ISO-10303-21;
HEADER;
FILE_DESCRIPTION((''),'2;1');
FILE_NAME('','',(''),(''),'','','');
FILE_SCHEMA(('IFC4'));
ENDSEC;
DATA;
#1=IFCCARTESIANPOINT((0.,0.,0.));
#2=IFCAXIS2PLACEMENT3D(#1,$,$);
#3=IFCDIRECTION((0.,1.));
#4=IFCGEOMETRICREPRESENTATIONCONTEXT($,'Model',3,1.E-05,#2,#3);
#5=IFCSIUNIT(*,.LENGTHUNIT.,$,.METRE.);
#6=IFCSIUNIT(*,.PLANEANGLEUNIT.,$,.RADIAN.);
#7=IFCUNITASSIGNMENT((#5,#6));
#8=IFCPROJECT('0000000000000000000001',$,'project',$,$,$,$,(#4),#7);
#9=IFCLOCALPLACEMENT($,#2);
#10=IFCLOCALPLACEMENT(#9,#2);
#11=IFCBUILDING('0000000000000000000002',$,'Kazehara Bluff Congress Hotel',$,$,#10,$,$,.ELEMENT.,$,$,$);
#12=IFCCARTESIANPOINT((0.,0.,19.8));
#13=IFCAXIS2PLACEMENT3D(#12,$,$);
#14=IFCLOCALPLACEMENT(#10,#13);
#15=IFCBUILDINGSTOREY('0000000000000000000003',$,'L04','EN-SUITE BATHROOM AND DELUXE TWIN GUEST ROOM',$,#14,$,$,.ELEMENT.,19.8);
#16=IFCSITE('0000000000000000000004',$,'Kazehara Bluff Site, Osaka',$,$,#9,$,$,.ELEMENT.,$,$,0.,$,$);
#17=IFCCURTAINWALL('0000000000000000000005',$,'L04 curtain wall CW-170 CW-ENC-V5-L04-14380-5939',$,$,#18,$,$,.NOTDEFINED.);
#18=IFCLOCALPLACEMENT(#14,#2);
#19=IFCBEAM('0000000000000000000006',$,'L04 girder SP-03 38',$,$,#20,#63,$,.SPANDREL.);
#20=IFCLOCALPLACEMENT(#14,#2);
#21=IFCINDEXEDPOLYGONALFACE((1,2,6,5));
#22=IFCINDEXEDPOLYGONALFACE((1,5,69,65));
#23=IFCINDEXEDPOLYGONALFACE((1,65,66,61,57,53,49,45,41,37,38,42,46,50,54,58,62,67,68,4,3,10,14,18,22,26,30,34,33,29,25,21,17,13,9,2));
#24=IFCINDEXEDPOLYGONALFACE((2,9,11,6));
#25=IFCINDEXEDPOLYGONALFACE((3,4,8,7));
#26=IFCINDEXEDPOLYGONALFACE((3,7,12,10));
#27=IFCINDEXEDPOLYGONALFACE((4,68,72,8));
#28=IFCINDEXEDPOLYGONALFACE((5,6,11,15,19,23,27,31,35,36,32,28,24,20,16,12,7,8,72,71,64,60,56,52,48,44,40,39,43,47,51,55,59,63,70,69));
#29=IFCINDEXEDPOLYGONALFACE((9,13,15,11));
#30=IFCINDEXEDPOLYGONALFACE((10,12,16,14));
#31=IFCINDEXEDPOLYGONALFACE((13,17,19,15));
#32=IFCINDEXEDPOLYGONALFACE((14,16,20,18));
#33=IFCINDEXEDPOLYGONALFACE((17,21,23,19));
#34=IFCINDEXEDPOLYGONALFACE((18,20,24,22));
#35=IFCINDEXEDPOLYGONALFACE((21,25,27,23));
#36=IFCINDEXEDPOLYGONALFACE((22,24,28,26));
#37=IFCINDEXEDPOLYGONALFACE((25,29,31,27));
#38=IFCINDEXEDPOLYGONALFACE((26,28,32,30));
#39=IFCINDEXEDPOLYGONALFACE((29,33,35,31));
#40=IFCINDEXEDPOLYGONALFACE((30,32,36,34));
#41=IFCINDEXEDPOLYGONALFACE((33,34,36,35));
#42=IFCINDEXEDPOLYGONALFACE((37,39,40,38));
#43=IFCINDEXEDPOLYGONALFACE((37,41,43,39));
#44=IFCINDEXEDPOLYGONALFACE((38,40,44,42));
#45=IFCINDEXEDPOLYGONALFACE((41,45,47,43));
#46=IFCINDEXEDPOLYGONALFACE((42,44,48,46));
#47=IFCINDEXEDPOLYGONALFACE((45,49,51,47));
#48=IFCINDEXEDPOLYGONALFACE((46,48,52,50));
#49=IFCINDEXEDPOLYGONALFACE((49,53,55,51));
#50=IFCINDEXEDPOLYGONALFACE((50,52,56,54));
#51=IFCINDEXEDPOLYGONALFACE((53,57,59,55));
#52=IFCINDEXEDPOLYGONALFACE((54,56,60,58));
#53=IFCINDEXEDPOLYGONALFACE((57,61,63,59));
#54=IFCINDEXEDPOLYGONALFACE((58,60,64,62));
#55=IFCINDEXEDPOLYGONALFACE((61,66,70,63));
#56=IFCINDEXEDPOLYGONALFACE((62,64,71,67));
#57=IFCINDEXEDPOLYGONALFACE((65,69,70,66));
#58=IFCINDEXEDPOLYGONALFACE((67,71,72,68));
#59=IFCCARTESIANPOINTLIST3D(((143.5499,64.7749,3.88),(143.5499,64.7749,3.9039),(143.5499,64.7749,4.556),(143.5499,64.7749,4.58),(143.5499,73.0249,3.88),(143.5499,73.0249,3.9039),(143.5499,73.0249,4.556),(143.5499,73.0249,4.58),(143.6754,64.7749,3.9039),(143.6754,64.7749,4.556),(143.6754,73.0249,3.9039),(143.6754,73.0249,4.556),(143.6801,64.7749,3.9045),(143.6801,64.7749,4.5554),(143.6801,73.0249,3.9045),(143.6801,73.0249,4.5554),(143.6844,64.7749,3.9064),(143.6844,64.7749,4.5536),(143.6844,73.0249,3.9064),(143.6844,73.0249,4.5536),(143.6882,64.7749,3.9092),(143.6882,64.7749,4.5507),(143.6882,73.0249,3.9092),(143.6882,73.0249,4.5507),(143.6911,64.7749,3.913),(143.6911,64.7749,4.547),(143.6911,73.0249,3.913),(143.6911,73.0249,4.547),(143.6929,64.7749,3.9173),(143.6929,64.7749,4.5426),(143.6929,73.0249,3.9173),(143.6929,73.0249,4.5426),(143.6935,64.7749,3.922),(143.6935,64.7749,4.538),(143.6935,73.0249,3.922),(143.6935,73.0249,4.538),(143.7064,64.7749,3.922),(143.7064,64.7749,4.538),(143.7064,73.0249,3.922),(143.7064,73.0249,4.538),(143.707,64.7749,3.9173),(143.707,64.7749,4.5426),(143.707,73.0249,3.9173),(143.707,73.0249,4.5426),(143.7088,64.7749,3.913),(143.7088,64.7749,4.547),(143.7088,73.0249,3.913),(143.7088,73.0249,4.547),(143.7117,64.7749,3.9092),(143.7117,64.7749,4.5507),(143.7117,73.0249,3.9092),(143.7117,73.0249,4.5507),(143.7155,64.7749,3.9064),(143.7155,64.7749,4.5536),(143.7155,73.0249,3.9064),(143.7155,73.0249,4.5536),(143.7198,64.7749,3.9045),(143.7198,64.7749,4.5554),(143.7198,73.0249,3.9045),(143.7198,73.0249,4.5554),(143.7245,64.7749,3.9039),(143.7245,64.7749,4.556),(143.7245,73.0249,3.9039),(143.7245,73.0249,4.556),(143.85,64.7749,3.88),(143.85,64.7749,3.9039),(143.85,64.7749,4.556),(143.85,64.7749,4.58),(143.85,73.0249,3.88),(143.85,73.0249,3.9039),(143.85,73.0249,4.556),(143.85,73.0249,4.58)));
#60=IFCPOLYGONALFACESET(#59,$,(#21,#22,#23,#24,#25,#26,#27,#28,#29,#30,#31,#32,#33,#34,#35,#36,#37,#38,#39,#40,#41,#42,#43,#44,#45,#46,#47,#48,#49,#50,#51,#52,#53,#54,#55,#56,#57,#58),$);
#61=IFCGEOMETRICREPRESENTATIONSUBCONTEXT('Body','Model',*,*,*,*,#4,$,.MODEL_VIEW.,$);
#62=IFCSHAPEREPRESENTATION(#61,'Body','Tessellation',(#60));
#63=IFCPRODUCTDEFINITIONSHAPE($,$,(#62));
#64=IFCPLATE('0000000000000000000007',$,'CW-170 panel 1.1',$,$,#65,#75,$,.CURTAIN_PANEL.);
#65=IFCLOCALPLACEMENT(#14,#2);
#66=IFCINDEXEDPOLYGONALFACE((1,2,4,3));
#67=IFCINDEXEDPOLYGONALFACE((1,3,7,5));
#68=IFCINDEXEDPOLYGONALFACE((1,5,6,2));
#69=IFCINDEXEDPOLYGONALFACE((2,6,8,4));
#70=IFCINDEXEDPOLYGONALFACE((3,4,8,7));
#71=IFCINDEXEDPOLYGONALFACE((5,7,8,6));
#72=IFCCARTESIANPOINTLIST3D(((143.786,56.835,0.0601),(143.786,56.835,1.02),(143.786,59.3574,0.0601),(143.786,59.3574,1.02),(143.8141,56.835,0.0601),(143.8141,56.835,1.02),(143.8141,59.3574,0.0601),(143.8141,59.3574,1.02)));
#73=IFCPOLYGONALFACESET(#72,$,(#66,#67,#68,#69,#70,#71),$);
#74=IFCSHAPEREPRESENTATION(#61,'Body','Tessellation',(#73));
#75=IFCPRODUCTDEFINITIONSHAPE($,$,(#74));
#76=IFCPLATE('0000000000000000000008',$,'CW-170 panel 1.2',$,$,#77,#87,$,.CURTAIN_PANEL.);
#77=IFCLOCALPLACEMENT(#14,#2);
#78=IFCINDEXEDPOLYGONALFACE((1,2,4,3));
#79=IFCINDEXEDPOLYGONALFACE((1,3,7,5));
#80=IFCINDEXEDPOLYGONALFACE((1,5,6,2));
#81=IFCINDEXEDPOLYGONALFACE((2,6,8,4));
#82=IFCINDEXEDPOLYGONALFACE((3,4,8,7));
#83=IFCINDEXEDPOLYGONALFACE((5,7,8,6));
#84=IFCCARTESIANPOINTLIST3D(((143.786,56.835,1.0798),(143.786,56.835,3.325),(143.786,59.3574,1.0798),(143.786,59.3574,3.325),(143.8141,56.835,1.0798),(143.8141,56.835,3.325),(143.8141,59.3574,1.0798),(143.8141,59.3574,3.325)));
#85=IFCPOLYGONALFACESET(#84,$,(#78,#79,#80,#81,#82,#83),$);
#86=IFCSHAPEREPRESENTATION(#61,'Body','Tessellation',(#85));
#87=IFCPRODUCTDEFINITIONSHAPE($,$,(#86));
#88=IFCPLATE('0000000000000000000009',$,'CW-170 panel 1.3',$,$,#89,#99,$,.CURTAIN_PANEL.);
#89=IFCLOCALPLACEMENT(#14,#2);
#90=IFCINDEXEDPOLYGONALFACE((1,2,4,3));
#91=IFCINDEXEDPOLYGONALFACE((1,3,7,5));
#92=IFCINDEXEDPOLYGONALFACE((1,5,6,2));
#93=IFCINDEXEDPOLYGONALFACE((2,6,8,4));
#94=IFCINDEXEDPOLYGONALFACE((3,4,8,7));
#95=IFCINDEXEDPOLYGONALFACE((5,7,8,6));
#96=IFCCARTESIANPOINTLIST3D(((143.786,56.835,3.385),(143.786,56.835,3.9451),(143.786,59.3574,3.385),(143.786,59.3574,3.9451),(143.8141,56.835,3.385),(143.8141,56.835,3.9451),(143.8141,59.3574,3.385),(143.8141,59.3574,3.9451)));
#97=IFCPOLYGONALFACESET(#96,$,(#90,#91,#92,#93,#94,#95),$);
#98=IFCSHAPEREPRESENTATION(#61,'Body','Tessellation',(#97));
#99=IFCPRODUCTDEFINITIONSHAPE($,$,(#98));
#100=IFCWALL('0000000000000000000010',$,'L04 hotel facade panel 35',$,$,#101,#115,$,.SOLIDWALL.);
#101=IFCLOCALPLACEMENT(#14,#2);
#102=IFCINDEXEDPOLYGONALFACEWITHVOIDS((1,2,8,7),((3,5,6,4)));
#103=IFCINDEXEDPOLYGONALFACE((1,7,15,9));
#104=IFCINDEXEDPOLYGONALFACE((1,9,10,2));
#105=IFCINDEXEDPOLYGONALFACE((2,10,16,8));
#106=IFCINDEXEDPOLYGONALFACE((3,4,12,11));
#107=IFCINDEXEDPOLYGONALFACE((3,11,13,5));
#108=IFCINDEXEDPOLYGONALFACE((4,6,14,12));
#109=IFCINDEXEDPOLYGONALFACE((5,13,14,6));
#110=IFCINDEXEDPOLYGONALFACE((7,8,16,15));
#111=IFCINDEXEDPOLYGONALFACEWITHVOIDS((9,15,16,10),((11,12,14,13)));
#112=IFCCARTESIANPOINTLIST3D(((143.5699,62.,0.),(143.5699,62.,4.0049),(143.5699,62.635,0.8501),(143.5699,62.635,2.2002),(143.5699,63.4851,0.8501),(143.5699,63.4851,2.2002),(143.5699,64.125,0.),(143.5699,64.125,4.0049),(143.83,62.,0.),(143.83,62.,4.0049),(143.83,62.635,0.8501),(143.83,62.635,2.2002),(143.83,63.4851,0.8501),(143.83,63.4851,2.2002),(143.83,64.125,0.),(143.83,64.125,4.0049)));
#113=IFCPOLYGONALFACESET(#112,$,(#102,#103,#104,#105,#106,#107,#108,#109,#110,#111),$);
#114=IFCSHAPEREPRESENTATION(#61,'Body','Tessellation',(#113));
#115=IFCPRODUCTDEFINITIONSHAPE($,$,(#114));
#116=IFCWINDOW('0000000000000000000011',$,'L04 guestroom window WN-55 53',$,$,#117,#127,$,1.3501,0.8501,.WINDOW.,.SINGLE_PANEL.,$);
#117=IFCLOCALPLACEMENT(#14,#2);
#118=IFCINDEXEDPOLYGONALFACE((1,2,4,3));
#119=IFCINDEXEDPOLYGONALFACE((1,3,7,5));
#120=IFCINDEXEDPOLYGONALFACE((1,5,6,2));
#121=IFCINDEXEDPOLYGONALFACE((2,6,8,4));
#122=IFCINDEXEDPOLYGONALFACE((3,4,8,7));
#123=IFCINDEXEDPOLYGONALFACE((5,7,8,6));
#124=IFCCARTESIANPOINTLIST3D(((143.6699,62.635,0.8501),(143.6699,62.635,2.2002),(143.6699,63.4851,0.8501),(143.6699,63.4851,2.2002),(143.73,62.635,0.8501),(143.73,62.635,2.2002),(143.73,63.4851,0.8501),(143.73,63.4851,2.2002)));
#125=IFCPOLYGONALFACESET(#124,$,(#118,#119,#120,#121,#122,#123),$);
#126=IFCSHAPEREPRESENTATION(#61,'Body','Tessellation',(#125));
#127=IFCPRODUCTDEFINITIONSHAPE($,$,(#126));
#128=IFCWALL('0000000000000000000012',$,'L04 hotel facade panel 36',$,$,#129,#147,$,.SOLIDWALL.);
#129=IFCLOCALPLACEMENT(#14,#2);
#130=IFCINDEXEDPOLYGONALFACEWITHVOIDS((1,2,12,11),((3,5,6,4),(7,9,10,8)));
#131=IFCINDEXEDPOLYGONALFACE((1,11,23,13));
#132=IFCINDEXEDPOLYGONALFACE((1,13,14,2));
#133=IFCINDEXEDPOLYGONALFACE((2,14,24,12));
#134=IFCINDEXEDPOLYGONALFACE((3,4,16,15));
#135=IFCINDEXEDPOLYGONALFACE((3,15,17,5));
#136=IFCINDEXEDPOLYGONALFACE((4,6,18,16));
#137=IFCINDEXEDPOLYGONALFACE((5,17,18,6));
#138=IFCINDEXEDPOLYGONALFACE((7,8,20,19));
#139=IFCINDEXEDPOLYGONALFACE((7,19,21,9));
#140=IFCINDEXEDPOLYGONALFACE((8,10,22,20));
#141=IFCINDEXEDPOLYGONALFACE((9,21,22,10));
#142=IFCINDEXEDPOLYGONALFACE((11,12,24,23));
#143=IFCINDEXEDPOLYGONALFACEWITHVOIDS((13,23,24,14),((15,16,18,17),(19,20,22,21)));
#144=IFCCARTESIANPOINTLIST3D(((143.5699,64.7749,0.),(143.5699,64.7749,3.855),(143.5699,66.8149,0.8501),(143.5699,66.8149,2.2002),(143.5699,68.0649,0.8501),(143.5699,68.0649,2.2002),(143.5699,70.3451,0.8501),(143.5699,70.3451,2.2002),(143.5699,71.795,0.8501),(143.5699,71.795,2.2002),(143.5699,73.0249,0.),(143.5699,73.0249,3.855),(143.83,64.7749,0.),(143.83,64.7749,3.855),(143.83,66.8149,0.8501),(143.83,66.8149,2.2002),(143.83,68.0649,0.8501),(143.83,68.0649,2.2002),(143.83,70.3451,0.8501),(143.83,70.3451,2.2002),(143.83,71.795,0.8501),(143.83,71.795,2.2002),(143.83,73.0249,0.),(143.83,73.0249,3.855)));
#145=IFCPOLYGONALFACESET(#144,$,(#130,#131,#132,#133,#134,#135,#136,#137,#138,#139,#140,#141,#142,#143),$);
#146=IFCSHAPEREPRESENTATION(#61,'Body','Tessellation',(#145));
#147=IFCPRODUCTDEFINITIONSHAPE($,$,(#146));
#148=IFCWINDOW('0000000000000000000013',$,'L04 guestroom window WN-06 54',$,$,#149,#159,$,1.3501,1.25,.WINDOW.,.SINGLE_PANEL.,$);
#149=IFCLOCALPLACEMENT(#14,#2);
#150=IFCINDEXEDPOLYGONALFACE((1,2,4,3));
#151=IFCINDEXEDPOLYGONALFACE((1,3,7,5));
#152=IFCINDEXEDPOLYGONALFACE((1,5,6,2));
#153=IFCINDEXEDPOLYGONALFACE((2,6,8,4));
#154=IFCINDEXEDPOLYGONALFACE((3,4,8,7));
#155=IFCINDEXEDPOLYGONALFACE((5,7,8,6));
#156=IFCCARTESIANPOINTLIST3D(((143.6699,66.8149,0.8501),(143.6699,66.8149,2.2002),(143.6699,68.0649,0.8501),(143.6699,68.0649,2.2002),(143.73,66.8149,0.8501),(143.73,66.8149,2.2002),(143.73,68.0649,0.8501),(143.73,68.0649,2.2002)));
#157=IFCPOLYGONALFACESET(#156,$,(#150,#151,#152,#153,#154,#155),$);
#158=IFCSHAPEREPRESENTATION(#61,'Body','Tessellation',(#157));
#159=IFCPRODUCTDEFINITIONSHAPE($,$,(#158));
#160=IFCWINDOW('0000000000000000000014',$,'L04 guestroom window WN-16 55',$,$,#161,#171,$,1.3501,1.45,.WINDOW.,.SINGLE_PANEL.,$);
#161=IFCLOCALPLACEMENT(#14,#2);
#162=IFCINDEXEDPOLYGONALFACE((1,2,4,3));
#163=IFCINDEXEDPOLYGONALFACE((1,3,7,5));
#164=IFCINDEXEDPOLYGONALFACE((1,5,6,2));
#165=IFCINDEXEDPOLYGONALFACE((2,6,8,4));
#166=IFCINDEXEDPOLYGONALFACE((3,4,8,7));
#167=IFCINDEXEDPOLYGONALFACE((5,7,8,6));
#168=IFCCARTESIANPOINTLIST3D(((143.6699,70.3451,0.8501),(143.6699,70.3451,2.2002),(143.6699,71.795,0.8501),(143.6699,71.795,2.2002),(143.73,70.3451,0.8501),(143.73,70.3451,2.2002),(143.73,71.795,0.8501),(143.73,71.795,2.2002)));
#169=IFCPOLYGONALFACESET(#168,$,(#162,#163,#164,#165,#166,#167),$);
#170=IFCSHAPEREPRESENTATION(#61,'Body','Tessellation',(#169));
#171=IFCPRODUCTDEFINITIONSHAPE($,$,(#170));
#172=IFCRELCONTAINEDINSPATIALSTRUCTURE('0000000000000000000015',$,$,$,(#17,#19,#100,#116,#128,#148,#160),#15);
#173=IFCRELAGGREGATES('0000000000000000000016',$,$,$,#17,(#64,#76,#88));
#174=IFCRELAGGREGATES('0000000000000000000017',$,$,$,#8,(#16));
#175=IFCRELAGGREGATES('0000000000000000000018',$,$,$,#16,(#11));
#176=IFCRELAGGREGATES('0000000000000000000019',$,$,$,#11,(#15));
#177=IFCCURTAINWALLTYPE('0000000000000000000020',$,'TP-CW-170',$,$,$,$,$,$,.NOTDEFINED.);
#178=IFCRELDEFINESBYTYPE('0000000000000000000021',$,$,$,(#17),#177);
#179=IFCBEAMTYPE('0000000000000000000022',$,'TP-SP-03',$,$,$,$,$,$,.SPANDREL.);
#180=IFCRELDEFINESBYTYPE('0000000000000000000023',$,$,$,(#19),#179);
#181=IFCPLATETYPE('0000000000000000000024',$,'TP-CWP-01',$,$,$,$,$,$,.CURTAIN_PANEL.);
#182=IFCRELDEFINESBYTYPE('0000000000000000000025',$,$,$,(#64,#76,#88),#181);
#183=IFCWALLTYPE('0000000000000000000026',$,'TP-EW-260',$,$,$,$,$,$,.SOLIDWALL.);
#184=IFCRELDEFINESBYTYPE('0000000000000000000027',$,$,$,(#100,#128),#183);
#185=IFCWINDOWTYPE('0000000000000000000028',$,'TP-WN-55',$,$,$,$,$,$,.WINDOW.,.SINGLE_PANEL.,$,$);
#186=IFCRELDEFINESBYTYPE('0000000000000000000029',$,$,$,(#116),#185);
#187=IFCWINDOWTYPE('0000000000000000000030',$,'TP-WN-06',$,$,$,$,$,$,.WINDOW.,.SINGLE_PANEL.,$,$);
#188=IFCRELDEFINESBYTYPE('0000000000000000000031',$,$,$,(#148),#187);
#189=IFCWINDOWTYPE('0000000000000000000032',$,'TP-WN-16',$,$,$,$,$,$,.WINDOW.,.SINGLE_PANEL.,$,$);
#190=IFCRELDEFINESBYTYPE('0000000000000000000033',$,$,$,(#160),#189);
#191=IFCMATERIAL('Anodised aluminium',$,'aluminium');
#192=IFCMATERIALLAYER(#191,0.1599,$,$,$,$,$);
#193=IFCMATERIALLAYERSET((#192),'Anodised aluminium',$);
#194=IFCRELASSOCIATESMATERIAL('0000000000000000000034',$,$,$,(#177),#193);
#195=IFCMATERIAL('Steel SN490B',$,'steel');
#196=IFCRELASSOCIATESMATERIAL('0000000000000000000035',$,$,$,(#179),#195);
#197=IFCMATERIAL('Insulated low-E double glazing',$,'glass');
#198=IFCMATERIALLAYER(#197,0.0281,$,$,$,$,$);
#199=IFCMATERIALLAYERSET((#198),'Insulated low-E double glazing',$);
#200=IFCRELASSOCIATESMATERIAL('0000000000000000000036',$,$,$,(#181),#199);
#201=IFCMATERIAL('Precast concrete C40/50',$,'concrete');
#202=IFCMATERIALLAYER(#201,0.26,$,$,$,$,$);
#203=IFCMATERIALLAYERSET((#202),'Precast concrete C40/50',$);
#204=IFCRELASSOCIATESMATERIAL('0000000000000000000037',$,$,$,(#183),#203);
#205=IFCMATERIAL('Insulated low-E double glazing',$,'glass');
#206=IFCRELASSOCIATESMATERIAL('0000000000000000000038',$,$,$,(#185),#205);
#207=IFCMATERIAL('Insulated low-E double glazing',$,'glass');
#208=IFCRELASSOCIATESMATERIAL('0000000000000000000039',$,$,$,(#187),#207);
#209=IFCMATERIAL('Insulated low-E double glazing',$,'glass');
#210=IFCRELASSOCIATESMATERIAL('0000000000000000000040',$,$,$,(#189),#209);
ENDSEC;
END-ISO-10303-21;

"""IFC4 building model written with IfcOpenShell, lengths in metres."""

from ifc_helpers import new_model, si_unit, direction, frame, frame_2d, origin, origin_2d, place, context, subcontext, project, spatial, rectangle, i_section, extrude, material, layer, layer_set, material_profile, profile_set, type_object, element, fill, aggregate, save


model = new_model("IFC4")

# Units and contexts
model_context = context("Model", 3, precision=1e-05, world=origin(), true_north=direction((0.0, 1.0)))
body_context = subcontext(model_context, "Body", "Model", "MODEL_VIEW")
ifc_project = project(units=[si_unit("LENGTHUNIT", "METRE"), si_unit("PLANEANGLEUNIT", "RADIAN")], contexts=[model_context])

# Site, building, storey
site_placement = place(None, origin())
site = spatial("IfcSite", under=ifc_project, at=site_placement, Name="Kazehara Bluff Site, Osaka", CompositionType="ELEMENT", RefElevation=0.0)
building_placement = place(site_placement, origin())
building = spatial("IfcBuilding", under=site, at=building_placement, Name="Kazehara Bluff Congress Hotel", CompositionType="ELEMENT")
storey_placement = place(building_placement, frame((0.0, 0.0, 19.8)))
storey = spatial("IfcBuildingStorey", under=building, at=storey_placement, Name="L04", Description="EN-SUITE BATHROOM AND DELUXE TWIN GUEST ROOM", CompositionType="ELEMENT", Elevation=19.8)

# Curtain wall
ifc_material_1 = material(Name="Anodised aluminium", Category="aluminium")
ifc_layer_1 = layer(ifc_material_1, 0.1599)
ifc_layer_set_1 = layer_set([ifc_layer_1], Name="Anodised aluminium")
curtain_wall_type = type_object("IfcCurtainWallType", Name="TP-CW-170", PredefinedType="NOTDEFINED", material=ifc_layer_set_1)
curtain_wall_placement = place(storey_placement, origin())
curtain_wall = element("IfcCurtainWall", 1, at=curtain_wall_placement, inside=storey, type_object=curtain_wall_type, Name="L04 curtain wall CW-170 CW-ENC-V5-L04-14380-5939", PredefinedType="NOTDEFINED")

# Beam
ifc_material_2 = material(Name="Steel SN490B", Category="steel")
ifc_material_profile_1 = material_profile(ifc_material_2, i_section(OverallWidth=0.3, OverallDepth=0.7, WebThickness=0.0129, FlangeThickness=0.0239, FilletRadius=0.0181, at=origin_2d()))
ifc_profile_set_1 = profile_set([ifc_material_profile_1], Name="Steel SN490B")
beam_type_1 = type_object("IfcBeamType", Name="TP-SP-03", PredefinedType="SPANDREL", material=ifc_profile_set_1)
beam_1_placement = place(storey_placement, frame((143.7, 64.7749, 4.23), z_axis=(0.0, 1.0, 0.0), x_axis=(-1.0, 0.0, 0.0)))
element("IfcBeam", 2, at=beam_1_placement, inside=storey, type_object=beam_type_1, Name="L04 girder SP-03 38", PredefinedType="SPANDREL", context=body_context, shape_type="SweptSolid", body=[
    extrude(i_section(OverallWidth=0.3, OverallDepth=0.7, WebThickness=0.0129, FlangeThickness=0.0239, FilletRadius=0.0181, at=origin_2d()), origin(), (0.0, 0.0, 1.0), 8.25),
])

# Plates
ifc_material_3 = material(Name="Insulated low-E double glazing", Category="glass")
ifc_layer_2 = layer(ifc_material_3, 0.0281)
ifc_layer_set_2 = layer_set([ifc_layer_2], Name="Insulated low-E double glazing")
plate_type = type_object("IfcPlateType", Name="TP-CWP-01", PredefinedType="CURTAIN_PANEL", material=ifc_layer_set_2)
plate_1_placement = place(storey_placement, frame((143.8, 58.0962, 0.0601), z_axis=(0.0, 0.0, 1.0), x_axis=(0.0, 1.0, 0.0)))
plate_1 = element("IfcPlate", 3, at=plate_1_placement, type_object=plate_type, Name="CW-170 panel 1.1", PredefinedType="CURTAIN_PANEL", context=body_context, shape_type="SweptSolid", body=[
    extrude(rectangle(XDim=2.5225, YDim=0.0281, at=origin_2d()), origin(), (0.0, 0.0, 1.0), 0.96),
])
plate_2_placement = place(storey_placement, frame((143.8, 58.0962, 1.0798), z_axis=(0.0, 0.0, 1.0), x_axis=(0.0, 1.0, 0.0)))
plate_2 = element("IfcPlate", 4, at=plate_2_placement, type_object=plate_type, Name="CW-170 panel 1.2", PredefinedType="CURTAIN_PANEL", context=body_context, shape_type="SweptSolid", body=[
    extrude(rectangle(XDim=2.5225, YDim=0.0281, at=origin_2d()), origin(), (0.0, 0.0, 1.0), 2.2451),
])
plate_3_placement = place(storey_placement, frame((143.8, 58.0962, 3.385), z_axis=(0.0, 0.0, 1.0), x_axis=(0.0, 1.0, 0.0)))
plate_3 = element("IfcPlate", 5, at=plate_3_placement, type_object=plate_type, Name="CW-170 panel 1.3", PredefinedType="CURTAIN_PANEL", context=body_context, shape_type="SweptSolid", body=[
    extrude(rectangle(XDim=2.5225, YDim=0.0281, at=origin_2d()), origin(), (0.0, 0.0, 1.0), 0.5601),
])
aggregate(curtain_wall, [plate_1, plate_2, plate_3])

# Wall, opening, window
ifc_material_4 = material(Name="Precast concrete C40/50", Category="concrete")
ifc_layer_3 = layer(ifc_material_4, 0.26)
ifc_layer_set_3 = layer_set([ifc_layer_3], Name="Precast concrete C40/50")
wall_type = type_object("IfcWallType", Name="TP-EW-260", PredefinedType="SOLIDWALL", material=ifc_layer_set_3)
wall_1_placement = place(storey_placement, frame((143.7, 62.0, 0.0), z_axis=(0.0, 0.0, 1.0), x_axis=(0.0, 1.0, 0.0)))
wall_1 = element("IfcWall", 6, at=wall_1_placement, inside=storey, type_object=wall_type, Name="L04 hotel facade panel 35", PredefinedType="SOLIDWALL", context=body_context, shape_type="SweptSolid", body=[
    extrude(rectangle(XDim=2.125, YDim=0.26, at=frame_2d((1.0625, 0.0))), origin(), (0.0, 0.0, 1.0), 4.0049),
])
opening_1_placement = place(wall_1_placement, frame((0.635, 0.0, 0.8501)))
opening_1 = element("IfcOpeningElement", 7, at=opening_1_placement, cuts=wall_1, PredefinedType="OPENING", context=body_context, shape_type="SweptSolid", body=[
    extrude(rectangle(XDim=0.8501, YDim=1.3501, at=frame_2d((0.425, 0.675))), frame((0.0, 0.1399, 0.0), z_axis=(0.0, -1.0, 0.0), x_axis=(1.0, 0.0, 0.0)), (0.0, 0.0, 1.0), 0.28),
])
ifc_material_5 = material(Name="Insulated low-E double glazing", Category="glass")
window_type_1 = type_object("IfcWindowType", Name="TP-WN-55", PartitioningType="SINGLE_PANEL", PredefinedType="WINDOW", material=ifc_material_5)
window_1_placement = place(opening_1_placement, origin())
window_1 = element("IfcWindow", 8, at=window_1_placement, inside=storey, type_object=window_type_1, Name="L04 guestroom window WN-55 53", OverallHeight=1.3501, OverallWidth=0.8501, PartitioningType="SINGLE_PANEL", PredefinedType="WINDOW", context=body_context, shape_type="SweptSolid", body=[
    extrude(rectangle(XDim=0.8501, YDim=1.3501, at=frame_2d((0.425, 0.675))), frame((0.0, 0.03, 0.0), z_axis=(0.0, -1.0, 0.0), x_axis=(1.0, 0.0, 0.0)), (0.0, 0.0, 1.0), 0.0601),
])
fill(opening_1, window_1)

# Wall, openings, windows
wall_2_placement = place(storey_placement, frame((143.7, 64.7749, 0.0), z_axis=(0.0, 0.0, 1.0), x_axis=(0.0, 1.0, 0.0)))
wall_2 = element("IfcWall", 9, at=wall_2_placement, inside=storey, type_object=wall_type, Name="L04 hotel facade panel 36", PredefinedType="SOLIDWALL", context=body_context, shape_type="SweptSolid", body=[
    extrude(rectangle(XDim=8.25, YDim=0.26, at=frame_2d((4.125, 0.0))), origin(), (0.0, 0.0, 1.0), 3.855),
])
opening_2_placement = place(wall_2_placement, frame((2.04, 0.0, 0.8501)))
opening_2 = element("IfcOpeningElement", 10, at=opening_2_placement, cuts=wall_2, PredefinedType="OPENING", context=body_context, shape_type="SweptSolid", body=[
    extrude(rectangle(XDim=1.25, YDim=1.3501, at=frame_2d((0.625, 0.675))), frame((0.0, 0.1399, 0.0), z_axis=(0.0, -1.0, 0.0), x_axis=(1.0, 0.0, 0.0)), (0.0, 0.0, 1.0), 0.28),
])
opening_3_placement = place(wall_2_placement, frame((5.5701, 0.0, 0.8501)))
opening_3 = element("IfcOpeningElement", 11, at=opening_3_placement, cuts=wall_2, PredefinedType="OPENING", context=body_context, shape_type="SweptSolid", body=[
    extrude(rectangle(XDim=1.45, YDim=1.3501, at=frame_2d((0.7251, 0.675))), frame((0.0, 0.1399, 0.0), z_axis=(0.0, -1.0, 0.0), x_axis=(1.0, 0.0, 0.0)), (0.0, 0.0, 1.0), 0.28),
])
ifc_material_6 = material(Name="Insulated low-E double glazing", Category="glass")
window_type_2 = type_object("IfcWindowType", Name="TP-WN-06", PartitioningType="SINGLE_PANEL", PredefinedType="WINDOW", material=ifc_material_6)
window_2_placement = place(opening_2_placement, origin())
window_2 = element("IfcWindow", 12, at=window_2_placement, inside=storey, type_object=window_type_2, Name="L04 guestroom window WN-06 54", OverallHeight=1.3501, OverallWidth=1.25, PartitioningType="SINGLE_PANEL", PredefinedType="WINDOW", context=body_context, shape_type="SweptSolid", body=[
    extrude(rectangle(XDim=1.25, YDim=1.3501, at=frame_2d((0.625, 0.675))), frame((0.0, 0.03, 0.0), z_axis=(0.0, -1.0, 0.0), x_axis=(1.0, 0.0, 0.0)), (0.0, 0.0, 1.0), 0.0601),
])
fill(opening_2, window_2)
ifc_material_7 = material(Name="Insulated low-E double glazing", Category="glass")
window_type_3 = type_object("IfcWindowType", Name="TP-WN-16", PartitioningType="SINGLE_PANEL", PredefinedType="WINDOW", material=ifc_material_7)
window_3_placement = place(opening_3_placement, origin())
window_3 = element("IfcWindow", 13, at=window_3_placement, inside=storey, type_object=window_type_3, Name="L04 guestroom window WN-16 55", OverallHeight=1.3501, OverallWidth=1.45, PartitioningType="SINGLE_PANEL", PredefinedType="WINDOW", context=body_context, shape_type="SweptSolid", body=[
    extrude(rectangle(XDim=1.45, YDim=1.3501, at=frame_2d((0.7251, 0.675))), frame((0.0, 0.03, 0.0), z_axis=(0.0, -1.0, 0.0), x_axis=(1.0, 0.0, 0.0)), (0.0, 0.0, 1.0), 0.0601),
])
fill(opening_3, window_3)

save(model, "model.ifc")
